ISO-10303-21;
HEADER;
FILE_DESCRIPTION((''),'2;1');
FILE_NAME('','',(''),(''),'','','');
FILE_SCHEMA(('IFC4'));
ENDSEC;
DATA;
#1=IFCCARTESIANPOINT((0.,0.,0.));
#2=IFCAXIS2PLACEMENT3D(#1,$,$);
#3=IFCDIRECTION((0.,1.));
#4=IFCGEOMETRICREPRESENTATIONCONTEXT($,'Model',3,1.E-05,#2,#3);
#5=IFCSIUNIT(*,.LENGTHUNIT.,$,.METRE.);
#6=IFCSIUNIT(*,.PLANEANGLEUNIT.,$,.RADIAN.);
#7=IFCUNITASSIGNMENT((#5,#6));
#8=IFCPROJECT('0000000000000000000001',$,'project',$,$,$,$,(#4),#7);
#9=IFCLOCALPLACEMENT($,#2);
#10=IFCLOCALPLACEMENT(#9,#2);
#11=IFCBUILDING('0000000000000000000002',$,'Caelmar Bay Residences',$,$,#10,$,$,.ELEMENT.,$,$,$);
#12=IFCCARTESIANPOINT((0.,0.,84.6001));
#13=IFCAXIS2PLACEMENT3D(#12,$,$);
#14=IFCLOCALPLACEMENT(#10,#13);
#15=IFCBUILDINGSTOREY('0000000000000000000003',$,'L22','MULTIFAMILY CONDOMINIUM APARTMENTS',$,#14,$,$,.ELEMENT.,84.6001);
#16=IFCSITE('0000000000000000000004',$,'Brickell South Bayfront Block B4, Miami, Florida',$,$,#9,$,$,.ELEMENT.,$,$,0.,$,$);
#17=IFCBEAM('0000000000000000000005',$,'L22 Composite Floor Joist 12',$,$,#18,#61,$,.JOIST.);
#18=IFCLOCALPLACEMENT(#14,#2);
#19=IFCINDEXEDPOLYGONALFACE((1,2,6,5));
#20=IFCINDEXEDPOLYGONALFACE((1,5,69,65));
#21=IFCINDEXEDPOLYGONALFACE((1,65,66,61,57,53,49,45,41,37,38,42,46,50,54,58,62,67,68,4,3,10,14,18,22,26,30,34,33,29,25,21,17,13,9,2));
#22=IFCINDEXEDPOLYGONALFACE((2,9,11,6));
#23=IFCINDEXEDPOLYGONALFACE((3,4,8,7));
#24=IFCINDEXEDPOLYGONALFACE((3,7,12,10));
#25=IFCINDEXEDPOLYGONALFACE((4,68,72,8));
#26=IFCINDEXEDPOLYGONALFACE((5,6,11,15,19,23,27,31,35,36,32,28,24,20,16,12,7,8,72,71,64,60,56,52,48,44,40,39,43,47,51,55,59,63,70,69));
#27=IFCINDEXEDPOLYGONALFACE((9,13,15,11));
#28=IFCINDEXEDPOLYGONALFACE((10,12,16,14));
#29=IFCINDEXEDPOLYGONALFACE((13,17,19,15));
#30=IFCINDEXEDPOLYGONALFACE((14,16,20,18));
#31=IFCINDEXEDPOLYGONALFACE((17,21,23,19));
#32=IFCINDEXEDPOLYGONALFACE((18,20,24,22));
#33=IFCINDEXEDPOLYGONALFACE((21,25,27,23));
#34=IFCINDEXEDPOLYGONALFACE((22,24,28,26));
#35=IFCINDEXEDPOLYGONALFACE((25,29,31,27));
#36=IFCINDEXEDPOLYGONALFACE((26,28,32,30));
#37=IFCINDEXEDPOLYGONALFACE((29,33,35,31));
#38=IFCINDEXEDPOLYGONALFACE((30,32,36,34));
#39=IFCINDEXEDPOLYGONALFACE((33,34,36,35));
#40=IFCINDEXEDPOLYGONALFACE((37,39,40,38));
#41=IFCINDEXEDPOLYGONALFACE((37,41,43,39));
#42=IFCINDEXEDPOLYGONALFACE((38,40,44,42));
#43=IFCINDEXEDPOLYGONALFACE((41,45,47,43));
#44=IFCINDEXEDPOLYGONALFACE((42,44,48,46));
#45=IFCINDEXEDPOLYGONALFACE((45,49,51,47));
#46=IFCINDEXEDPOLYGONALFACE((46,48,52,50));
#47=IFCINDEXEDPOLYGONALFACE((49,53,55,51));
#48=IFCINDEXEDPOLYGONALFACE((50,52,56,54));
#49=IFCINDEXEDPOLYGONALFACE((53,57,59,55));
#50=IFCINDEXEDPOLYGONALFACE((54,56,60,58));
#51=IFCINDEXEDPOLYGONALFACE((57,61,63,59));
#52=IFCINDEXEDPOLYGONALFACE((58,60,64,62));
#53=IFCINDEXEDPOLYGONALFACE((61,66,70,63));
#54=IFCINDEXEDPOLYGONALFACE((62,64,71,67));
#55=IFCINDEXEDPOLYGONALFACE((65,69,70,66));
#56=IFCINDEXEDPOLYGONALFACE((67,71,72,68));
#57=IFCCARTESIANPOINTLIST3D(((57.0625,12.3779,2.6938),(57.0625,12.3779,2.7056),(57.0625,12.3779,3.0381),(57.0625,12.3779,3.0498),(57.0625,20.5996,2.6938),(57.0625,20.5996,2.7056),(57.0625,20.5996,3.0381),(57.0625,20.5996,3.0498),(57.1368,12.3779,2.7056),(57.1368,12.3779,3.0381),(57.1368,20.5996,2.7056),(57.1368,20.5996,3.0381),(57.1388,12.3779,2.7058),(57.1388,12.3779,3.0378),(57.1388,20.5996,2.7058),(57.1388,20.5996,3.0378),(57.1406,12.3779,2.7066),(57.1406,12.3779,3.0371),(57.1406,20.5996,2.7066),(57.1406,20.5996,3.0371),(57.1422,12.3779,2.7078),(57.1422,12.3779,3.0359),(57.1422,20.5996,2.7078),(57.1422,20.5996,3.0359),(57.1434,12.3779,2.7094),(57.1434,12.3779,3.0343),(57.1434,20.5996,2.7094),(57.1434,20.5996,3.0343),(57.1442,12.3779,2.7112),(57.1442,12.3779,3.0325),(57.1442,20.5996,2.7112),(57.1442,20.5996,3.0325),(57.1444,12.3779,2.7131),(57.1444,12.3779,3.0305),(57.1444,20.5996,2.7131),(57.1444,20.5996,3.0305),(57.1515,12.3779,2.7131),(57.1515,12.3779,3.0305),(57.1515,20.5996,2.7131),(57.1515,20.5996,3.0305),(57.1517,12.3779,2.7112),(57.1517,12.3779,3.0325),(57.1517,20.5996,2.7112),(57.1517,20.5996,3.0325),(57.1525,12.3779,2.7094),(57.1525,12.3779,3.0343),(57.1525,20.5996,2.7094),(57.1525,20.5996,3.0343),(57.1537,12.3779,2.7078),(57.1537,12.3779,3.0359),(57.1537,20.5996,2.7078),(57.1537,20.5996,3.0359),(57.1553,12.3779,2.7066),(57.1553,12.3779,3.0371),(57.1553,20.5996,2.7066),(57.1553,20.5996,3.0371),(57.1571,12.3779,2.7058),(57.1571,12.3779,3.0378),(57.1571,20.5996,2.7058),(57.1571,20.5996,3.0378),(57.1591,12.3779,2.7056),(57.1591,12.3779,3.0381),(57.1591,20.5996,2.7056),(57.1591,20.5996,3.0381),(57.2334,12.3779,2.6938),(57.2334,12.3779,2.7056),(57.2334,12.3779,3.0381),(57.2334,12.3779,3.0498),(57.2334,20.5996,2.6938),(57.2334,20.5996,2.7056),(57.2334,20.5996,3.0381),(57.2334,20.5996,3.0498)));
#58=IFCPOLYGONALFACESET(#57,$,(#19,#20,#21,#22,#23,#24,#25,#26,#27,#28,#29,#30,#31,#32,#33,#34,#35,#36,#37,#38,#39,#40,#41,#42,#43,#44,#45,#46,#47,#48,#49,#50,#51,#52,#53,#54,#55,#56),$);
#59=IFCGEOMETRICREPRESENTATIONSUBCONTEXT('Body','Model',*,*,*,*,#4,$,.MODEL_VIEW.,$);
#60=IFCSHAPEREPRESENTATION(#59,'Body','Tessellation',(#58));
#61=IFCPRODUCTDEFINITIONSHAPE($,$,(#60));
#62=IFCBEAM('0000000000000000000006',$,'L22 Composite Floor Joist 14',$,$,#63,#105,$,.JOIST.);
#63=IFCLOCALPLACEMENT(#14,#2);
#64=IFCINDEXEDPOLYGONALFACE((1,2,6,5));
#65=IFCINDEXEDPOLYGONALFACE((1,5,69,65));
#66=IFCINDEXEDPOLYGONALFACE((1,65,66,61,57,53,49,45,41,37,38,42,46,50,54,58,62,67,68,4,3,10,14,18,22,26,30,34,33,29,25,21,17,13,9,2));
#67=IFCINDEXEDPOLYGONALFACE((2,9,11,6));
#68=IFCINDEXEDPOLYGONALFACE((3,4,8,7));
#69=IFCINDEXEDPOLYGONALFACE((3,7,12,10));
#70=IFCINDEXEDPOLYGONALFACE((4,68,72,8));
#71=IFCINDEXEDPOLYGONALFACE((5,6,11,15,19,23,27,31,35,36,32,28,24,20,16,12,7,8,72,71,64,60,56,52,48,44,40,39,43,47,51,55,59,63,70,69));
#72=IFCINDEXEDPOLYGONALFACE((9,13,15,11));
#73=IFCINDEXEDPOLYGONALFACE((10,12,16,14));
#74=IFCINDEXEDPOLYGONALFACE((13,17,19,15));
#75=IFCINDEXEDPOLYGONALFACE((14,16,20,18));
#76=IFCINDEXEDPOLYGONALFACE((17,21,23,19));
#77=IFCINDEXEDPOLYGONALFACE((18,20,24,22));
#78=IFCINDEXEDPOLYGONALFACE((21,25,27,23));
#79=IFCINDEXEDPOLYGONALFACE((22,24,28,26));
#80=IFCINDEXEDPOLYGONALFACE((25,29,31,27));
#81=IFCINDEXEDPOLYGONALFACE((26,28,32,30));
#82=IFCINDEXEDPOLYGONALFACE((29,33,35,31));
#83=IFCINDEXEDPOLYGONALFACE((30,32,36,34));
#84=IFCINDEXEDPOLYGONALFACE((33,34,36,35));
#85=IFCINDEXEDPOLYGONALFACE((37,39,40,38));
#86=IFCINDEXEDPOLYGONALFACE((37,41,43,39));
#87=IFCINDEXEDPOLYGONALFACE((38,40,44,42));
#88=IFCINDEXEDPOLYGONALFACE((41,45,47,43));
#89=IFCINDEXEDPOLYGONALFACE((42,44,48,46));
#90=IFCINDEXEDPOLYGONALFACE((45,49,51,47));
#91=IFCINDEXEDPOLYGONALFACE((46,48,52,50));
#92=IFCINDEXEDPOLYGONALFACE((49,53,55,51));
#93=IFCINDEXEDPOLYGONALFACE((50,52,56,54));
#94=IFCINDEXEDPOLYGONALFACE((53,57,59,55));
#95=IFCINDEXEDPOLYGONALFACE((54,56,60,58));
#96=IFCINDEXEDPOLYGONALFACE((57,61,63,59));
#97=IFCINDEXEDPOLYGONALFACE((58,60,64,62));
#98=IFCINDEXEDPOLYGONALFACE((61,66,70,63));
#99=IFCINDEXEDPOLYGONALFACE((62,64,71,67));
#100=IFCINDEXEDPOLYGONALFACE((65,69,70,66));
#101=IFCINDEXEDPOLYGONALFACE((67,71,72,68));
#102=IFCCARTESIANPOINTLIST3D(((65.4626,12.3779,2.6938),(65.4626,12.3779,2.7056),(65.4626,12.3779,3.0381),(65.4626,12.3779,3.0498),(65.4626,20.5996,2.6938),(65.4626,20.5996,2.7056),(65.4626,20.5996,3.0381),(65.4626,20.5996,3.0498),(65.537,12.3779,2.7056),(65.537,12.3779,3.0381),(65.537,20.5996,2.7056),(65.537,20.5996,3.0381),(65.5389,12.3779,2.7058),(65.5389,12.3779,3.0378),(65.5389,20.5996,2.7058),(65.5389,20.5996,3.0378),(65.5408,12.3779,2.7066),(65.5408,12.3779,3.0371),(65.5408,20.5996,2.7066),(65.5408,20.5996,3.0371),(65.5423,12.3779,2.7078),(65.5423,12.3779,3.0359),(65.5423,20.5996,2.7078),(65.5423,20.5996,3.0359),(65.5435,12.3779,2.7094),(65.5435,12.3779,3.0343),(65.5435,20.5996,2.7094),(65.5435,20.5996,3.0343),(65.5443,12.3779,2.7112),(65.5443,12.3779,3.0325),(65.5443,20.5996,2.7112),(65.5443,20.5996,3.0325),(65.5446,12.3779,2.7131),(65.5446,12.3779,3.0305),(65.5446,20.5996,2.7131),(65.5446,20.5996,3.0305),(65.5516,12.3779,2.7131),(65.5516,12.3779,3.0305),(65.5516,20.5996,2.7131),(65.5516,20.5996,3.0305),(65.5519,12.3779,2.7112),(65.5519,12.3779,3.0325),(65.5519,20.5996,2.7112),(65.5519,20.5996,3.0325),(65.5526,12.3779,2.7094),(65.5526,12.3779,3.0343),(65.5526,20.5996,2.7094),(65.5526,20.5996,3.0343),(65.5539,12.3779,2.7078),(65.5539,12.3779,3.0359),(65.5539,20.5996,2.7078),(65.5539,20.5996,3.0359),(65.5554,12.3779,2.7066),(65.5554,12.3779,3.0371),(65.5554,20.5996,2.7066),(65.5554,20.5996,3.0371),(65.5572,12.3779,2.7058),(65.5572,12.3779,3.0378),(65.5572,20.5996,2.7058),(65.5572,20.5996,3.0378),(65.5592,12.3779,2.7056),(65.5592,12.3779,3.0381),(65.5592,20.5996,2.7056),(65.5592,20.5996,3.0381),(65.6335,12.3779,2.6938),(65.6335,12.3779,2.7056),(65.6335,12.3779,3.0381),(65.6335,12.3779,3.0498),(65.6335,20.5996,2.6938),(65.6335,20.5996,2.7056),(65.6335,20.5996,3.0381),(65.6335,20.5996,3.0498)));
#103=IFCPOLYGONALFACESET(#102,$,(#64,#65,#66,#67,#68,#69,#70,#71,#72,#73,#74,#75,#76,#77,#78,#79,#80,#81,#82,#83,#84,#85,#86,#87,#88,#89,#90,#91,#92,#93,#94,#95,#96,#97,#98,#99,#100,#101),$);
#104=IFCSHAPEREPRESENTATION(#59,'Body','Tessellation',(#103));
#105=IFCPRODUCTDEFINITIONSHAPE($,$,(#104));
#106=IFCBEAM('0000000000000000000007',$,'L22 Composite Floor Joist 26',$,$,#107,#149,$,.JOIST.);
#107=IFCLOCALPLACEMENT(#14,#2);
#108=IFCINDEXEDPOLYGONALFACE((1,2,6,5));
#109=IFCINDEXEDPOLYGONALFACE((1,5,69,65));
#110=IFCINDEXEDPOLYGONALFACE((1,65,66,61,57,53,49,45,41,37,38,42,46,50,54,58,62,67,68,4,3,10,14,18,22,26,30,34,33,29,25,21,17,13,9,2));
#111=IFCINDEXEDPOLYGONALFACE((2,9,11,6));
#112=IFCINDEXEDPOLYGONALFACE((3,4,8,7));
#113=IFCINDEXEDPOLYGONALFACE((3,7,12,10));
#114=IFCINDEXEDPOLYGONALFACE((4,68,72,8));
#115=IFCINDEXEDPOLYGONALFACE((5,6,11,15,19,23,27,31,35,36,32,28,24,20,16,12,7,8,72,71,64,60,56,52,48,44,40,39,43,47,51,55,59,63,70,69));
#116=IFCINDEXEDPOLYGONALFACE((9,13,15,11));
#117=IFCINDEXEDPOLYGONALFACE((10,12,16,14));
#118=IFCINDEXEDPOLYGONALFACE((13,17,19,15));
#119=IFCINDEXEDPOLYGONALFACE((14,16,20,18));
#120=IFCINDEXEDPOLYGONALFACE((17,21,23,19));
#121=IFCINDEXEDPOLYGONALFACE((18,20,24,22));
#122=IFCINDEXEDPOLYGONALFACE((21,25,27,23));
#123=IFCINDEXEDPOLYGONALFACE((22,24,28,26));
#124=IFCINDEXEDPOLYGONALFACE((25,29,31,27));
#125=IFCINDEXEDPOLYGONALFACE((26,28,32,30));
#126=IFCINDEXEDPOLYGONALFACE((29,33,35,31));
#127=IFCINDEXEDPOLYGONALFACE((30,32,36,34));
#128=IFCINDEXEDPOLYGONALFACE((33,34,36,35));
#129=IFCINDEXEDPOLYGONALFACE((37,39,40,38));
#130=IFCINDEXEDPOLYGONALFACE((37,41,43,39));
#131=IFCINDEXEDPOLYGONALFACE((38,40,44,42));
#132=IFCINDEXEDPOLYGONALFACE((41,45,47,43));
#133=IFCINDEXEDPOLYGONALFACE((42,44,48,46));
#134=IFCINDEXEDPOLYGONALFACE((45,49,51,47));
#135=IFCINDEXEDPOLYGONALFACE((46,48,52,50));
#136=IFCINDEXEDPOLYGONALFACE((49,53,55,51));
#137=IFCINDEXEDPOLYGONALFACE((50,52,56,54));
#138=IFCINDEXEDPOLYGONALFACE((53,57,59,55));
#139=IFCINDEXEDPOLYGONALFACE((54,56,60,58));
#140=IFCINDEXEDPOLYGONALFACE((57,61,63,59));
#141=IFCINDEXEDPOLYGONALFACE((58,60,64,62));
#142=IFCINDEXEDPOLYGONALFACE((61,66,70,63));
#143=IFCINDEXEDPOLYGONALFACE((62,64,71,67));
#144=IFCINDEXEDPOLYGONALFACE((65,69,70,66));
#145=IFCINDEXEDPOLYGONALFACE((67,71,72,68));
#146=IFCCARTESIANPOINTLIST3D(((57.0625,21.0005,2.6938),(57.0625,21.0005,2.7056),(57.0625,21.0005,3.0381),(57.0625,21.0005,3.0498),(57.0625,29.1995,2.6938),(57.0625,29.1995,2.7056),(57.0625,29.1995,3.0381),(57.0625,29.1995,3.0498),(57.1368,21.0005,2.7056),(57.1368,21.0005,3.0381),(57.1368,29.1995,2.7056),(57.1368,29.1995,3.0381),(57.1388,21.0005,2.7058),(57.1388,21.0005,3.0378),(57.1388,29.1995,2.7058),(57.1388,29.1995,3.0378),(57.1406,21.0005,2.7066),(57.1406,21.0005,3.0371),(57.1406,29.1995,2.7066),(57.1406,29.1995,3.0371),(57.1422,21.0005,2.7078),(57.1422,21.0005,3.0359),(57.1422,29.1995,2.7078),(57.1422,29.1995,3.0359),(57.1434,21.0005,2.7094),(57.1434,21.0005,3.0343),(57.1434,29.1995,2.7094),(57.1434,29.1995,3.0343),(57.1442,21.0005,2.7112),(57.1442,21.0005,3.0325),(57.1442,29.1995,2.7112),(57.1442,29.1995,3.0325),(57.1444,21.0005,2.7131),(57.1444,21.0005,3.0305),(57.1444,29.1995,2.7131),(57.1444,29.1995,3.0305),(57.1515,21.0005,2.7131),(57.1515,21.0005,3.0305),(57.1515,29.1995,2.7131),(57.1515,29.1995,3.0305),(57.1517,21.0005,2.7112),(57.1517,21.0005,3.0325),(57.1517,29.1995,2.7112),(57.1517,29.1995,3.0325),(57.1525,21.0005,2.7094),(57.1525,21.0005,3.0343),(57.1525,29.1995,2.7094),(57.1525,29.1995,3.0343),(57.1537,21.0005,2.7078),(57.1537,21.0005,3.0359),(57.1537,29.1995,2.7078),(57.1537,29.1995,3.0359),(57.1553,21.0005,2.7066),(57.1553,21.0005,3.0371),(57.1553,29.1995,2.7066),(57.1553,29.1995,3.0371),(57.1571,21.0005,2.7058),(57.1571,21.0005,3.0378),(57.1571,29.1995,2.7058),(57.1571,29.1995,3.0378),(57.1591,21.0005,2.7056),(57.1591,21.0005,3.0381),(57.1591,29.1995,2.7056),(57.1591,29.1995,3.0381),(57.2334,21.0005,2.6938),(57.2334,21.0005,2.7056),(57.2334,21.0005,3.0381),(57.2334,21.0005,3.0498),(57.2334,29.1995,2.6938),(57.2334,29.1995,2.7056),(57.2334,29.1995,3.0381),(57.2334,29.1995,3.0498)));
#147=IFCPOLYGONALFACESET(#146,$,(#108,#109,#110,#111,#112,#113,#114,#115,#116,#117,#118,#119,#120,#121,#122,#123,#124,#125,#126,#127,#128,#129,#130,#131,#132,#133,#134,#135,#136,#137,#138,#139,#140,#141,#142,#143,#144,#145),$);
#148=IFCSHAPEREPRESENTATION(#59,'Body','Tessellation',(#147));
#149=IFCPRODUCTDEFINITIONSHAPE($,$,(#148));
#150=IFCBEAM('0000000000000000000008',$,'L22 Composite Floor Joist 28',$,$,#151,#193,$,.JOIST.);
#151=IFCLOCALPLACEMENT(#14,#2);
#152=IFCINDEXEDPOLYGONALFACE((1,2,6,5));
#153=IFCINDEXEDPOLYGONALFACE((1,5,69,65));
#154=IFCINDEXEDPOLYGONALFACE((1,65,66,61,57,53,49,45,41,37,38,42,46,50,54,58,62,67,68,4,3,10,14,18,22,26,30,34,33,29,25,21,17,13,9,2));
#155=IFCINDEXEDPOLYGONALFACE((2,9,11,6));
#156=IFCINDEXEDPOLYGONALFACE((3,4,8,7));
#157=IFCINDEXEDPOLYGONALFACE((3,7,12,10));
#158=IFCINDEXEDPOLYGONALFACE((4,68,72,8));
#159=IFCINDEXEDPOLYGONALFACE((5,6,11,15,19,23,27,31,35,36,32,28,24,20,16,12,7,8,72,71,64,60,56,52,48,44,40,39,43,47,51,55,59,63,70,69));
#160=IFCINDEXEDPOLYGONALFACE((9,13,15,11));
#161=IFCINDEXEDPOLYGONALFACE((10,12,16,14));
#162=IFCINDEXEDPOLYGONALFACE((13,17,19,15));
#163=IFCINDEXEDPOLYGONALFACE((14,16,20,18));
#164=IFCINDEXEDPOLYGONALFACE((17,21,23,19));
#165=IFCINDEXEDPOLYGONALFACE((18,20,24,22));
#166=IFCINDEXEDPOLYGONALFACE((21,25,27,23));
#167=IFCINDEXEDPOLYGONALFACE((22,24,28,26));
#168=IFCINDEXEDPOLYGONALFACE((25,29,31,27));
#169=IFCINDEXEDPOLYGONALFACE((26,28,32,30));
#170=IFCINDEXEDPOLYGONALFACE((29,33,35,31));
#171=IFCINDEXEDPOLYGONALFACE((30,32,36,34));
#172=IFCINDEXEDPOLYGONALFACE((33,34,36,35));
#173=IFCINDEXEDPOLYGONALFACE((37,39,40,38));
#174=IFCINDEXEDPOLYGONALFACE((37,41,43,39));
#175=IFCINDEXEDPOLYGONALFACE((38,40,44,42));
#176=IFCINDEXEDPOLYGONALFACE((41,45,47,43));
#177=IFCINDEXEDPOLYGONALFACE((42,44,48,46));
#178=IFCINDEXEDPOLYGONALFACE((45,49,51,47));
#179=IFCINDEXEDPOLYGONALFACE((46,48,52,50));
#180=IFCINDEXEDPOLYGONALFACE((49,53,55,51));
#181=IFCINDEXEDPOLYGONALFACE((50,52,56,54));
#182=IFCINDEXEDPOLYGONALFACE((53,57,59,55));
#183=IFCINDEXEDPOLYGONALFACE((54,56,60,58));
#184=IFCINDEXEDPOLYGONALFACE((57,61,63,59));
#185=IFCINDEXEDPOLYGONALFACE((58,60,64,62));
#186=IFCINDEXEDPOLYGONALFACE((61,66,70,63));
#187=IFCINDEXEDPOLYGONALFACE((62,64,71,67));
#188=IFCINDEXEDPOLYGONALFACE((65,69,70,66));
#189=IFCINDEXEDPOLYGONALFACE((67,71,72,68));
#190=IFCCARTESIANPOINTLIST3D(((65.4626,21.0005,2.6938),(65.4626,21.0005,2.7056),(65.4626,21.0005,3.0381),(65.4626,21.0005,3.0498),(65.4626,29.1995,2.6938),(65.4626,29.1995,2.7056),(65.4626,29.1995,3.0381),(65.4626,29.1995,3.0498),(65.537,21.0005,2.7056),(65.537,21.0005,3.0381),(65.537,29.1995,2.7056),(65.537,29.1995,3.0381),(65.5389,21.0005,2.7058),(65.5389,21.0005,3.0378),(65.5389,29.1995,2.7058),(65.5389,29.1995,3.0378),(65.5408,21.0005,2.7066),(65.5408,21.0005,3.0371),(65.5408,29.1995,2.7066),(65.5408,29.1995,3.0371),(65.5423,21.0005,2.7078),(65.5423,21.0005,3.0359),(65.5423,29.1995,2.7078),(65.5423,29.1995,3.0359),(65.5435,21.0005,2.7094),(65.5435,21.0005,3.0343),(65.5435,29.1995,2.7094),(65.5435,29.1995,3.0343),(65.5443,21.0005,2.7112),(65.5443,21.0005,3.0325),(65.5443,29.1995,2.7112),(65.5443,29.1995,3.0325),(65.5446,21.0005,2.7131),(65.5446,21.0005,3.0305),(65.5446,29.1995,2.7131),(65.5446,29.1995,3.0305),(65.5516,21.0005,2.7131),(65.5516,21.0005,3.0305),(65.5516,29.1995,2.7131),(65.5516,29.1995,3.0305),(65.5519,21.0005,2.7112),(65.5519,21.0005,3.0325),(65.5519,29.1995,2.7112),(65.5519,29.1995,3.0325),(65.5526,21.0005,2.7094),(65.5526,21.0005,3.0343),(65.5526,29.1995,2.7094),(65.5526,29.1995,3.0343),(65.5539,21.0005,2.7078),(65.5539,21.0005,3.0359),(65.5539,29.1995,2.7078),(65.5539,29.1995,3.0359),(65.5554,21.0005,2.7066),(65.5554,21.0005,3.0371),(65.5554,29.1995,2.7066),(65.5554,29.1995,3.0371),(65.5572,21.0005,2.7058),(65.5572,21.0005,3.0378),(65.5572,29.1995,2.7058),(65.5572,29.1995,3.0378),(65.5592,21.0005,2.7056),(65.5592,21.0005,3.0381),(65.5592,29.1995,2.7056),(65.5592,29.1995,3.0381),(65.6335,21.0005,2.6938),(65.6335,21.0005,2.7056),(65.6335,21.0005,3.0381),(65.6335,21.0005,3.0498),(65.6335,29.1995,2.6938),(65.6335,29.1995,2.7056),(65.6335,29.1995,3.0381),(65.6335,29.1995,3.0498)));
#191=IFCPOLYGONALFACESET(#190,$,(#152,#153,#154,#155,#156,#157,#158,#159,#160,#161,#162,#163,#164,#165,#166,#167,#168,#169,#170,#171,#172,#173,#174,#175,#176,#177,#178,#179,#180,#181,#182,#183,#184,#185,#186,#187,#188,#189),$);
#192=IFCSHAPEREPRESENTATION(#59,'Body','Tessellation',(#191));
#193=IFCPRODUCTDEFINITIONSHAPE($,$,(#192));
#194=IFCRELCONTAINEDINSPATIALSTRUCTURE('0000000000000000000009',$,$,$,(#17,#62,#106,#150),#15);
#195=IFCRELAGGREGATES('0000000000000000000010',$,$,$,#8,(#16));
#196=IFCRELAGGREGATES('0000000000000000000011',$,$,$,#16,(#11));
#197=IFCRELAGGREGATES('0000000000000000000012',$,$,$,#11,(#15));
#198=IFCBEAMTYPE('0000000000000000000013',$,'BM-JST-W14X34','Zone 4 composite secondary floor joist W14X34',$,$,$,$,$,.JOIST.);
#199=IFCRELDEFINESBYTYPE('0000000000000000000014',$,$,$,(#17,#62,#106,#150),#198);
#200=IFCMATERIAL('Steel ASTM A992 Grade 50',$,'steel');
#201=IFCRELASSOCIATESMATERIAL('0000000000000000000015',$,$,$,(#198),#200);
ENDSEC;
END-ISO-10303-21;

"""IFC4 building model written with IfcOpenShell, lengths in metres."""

from ifc_helpers import new_model, si_unit, direction, frame, origin, origin_2d, place, context, subcontext, project, spatial, i_section, extrude, material, material_profile, profile_set, type_object, element, save


model = new_model("IFC4")

# Units and contexts
model_context = context("Model", 3, precision=1e-05, world=origin(), true_north=direction((0.0, 1.0)))
body_context = subcontext(model_context, "Body", "Model", "MODEL_VIEW")
ifc_project = project(units=[si_unit("LENGTHUNIT", "METRE"), si_unit("PLANEANGLEUNIT", "RADIAN")], contexts=[model_context])

# Site, building, storey
site_placement = place(None, origin())
site = spatial("IfcSite", under=ifc_project, at=site_placement, Name="Brickell South Bayfront Block B4, Miami, Florida", CompositionType="ELEMENT", RefElevation=0.0)
building_placement = place(site_placement, origin())
building = spatial("IfcBuilding", under=site, at=building_placement, Name="Caelmar Bay Residences", CompositionType="ELEMENT")
storey_placement = place(building_placement, frame((0.0, 0.0, 84.6001)))
storey = spatial("IfcBuildingStorey", under=building, at=storey_placement, Name="L22", Description="MULTIFAMILY CONDOMINIUM APARTMENTS", CompositionType="ELEMENT", Elevation=84.6001)

# Beams
ifc_material_1 = material(Name="Steel ASTM A992 Grade 50", Category="steel")
ifc_material_profile_1 = material_profile(ifc_material_1, i_section(OverallWidth=0.1709, OverallDepth=0.356, WebThickness=0.0071, FlangeThickness=0.0117, FilletRadius=0.0076, at=origin_2d()), Name="W14X34")
ifc_profile_set_1 = profile_set([ifc_material_profile_1], Name="Steel ASTM A992 Grade 50")
beam_type_1 = type_object("IfcBeamType", Name="BM-JST-W14X34", Description="Zone 4 composite secondary floor joist W14X34", PredefinedType="JOIST", material=ifc_profile_set_1)
for number, where, z_axis, x_axis, name in (
    (1, (57.1479, 12.3779, 2.8718), (0.0, 1.0, 0.0), (-1.0, 0.0, 0.0), "L22 Composite Floor Joist 12"),
    (2, (65.5481, 12.3779, 2.8718), (0.0, 1.0, 0.0), (-1.0, 0.0, 0.0), "L22 Composite Floor Joist 14"),
):
    element("IfcBeam", number, at=place(storey_placement, frame(where, z_axis=z_axis, x_axis=x_axis)), inside=storey, type_object=beam_type_1, Name=name, PredefinedType="JOIST", context=body_context, shape_type="SweptSolid", body=[
        extrude(i_section(OverallWidth=0.1709, OverallDepth=0.356, WebThickness=0.0071, FlangeThickness=0.0117, FilletRadius=0.0076, at=origin_2d()), origin(), (0.0, 0.0, 1.0), 8.2217),
    ])
for number, where, z_axis, x_axis, name in (
    (3, (57.1479, 21.0005, 2.8718), (0.0, 1.0, 0.0), (-1.0, 0.0, 0.0), "L22 Composite Floor Joist 26"),
    (4, (65.5481, 21.0005, 2.8718), (0.0, 1.0, 0.0), (-1.0, 0.0, 0.0), "L22 Composite Floor Joist 28"),
):
    element("IfcBeam", number, at=place(storey_placement, frame(where, z_axis=z_axis, x_axis=x_axis)), inside=storey, type_object=beam_type_1, Name=name, PredefinedType="JOIST", context=body_context, shape_type="SweptSolid", body=[
        extrude(i_section(OverallWidth=0.1709, OverallDepth=0.356, WebThickness=0.0071, FlangeThickness=0.0117, FilletRadius=0.0076, at=origin_2d()), origin(), (0.0, 0.0, 1.0), 8.199),
    ])

save(model, "model.ifc")
